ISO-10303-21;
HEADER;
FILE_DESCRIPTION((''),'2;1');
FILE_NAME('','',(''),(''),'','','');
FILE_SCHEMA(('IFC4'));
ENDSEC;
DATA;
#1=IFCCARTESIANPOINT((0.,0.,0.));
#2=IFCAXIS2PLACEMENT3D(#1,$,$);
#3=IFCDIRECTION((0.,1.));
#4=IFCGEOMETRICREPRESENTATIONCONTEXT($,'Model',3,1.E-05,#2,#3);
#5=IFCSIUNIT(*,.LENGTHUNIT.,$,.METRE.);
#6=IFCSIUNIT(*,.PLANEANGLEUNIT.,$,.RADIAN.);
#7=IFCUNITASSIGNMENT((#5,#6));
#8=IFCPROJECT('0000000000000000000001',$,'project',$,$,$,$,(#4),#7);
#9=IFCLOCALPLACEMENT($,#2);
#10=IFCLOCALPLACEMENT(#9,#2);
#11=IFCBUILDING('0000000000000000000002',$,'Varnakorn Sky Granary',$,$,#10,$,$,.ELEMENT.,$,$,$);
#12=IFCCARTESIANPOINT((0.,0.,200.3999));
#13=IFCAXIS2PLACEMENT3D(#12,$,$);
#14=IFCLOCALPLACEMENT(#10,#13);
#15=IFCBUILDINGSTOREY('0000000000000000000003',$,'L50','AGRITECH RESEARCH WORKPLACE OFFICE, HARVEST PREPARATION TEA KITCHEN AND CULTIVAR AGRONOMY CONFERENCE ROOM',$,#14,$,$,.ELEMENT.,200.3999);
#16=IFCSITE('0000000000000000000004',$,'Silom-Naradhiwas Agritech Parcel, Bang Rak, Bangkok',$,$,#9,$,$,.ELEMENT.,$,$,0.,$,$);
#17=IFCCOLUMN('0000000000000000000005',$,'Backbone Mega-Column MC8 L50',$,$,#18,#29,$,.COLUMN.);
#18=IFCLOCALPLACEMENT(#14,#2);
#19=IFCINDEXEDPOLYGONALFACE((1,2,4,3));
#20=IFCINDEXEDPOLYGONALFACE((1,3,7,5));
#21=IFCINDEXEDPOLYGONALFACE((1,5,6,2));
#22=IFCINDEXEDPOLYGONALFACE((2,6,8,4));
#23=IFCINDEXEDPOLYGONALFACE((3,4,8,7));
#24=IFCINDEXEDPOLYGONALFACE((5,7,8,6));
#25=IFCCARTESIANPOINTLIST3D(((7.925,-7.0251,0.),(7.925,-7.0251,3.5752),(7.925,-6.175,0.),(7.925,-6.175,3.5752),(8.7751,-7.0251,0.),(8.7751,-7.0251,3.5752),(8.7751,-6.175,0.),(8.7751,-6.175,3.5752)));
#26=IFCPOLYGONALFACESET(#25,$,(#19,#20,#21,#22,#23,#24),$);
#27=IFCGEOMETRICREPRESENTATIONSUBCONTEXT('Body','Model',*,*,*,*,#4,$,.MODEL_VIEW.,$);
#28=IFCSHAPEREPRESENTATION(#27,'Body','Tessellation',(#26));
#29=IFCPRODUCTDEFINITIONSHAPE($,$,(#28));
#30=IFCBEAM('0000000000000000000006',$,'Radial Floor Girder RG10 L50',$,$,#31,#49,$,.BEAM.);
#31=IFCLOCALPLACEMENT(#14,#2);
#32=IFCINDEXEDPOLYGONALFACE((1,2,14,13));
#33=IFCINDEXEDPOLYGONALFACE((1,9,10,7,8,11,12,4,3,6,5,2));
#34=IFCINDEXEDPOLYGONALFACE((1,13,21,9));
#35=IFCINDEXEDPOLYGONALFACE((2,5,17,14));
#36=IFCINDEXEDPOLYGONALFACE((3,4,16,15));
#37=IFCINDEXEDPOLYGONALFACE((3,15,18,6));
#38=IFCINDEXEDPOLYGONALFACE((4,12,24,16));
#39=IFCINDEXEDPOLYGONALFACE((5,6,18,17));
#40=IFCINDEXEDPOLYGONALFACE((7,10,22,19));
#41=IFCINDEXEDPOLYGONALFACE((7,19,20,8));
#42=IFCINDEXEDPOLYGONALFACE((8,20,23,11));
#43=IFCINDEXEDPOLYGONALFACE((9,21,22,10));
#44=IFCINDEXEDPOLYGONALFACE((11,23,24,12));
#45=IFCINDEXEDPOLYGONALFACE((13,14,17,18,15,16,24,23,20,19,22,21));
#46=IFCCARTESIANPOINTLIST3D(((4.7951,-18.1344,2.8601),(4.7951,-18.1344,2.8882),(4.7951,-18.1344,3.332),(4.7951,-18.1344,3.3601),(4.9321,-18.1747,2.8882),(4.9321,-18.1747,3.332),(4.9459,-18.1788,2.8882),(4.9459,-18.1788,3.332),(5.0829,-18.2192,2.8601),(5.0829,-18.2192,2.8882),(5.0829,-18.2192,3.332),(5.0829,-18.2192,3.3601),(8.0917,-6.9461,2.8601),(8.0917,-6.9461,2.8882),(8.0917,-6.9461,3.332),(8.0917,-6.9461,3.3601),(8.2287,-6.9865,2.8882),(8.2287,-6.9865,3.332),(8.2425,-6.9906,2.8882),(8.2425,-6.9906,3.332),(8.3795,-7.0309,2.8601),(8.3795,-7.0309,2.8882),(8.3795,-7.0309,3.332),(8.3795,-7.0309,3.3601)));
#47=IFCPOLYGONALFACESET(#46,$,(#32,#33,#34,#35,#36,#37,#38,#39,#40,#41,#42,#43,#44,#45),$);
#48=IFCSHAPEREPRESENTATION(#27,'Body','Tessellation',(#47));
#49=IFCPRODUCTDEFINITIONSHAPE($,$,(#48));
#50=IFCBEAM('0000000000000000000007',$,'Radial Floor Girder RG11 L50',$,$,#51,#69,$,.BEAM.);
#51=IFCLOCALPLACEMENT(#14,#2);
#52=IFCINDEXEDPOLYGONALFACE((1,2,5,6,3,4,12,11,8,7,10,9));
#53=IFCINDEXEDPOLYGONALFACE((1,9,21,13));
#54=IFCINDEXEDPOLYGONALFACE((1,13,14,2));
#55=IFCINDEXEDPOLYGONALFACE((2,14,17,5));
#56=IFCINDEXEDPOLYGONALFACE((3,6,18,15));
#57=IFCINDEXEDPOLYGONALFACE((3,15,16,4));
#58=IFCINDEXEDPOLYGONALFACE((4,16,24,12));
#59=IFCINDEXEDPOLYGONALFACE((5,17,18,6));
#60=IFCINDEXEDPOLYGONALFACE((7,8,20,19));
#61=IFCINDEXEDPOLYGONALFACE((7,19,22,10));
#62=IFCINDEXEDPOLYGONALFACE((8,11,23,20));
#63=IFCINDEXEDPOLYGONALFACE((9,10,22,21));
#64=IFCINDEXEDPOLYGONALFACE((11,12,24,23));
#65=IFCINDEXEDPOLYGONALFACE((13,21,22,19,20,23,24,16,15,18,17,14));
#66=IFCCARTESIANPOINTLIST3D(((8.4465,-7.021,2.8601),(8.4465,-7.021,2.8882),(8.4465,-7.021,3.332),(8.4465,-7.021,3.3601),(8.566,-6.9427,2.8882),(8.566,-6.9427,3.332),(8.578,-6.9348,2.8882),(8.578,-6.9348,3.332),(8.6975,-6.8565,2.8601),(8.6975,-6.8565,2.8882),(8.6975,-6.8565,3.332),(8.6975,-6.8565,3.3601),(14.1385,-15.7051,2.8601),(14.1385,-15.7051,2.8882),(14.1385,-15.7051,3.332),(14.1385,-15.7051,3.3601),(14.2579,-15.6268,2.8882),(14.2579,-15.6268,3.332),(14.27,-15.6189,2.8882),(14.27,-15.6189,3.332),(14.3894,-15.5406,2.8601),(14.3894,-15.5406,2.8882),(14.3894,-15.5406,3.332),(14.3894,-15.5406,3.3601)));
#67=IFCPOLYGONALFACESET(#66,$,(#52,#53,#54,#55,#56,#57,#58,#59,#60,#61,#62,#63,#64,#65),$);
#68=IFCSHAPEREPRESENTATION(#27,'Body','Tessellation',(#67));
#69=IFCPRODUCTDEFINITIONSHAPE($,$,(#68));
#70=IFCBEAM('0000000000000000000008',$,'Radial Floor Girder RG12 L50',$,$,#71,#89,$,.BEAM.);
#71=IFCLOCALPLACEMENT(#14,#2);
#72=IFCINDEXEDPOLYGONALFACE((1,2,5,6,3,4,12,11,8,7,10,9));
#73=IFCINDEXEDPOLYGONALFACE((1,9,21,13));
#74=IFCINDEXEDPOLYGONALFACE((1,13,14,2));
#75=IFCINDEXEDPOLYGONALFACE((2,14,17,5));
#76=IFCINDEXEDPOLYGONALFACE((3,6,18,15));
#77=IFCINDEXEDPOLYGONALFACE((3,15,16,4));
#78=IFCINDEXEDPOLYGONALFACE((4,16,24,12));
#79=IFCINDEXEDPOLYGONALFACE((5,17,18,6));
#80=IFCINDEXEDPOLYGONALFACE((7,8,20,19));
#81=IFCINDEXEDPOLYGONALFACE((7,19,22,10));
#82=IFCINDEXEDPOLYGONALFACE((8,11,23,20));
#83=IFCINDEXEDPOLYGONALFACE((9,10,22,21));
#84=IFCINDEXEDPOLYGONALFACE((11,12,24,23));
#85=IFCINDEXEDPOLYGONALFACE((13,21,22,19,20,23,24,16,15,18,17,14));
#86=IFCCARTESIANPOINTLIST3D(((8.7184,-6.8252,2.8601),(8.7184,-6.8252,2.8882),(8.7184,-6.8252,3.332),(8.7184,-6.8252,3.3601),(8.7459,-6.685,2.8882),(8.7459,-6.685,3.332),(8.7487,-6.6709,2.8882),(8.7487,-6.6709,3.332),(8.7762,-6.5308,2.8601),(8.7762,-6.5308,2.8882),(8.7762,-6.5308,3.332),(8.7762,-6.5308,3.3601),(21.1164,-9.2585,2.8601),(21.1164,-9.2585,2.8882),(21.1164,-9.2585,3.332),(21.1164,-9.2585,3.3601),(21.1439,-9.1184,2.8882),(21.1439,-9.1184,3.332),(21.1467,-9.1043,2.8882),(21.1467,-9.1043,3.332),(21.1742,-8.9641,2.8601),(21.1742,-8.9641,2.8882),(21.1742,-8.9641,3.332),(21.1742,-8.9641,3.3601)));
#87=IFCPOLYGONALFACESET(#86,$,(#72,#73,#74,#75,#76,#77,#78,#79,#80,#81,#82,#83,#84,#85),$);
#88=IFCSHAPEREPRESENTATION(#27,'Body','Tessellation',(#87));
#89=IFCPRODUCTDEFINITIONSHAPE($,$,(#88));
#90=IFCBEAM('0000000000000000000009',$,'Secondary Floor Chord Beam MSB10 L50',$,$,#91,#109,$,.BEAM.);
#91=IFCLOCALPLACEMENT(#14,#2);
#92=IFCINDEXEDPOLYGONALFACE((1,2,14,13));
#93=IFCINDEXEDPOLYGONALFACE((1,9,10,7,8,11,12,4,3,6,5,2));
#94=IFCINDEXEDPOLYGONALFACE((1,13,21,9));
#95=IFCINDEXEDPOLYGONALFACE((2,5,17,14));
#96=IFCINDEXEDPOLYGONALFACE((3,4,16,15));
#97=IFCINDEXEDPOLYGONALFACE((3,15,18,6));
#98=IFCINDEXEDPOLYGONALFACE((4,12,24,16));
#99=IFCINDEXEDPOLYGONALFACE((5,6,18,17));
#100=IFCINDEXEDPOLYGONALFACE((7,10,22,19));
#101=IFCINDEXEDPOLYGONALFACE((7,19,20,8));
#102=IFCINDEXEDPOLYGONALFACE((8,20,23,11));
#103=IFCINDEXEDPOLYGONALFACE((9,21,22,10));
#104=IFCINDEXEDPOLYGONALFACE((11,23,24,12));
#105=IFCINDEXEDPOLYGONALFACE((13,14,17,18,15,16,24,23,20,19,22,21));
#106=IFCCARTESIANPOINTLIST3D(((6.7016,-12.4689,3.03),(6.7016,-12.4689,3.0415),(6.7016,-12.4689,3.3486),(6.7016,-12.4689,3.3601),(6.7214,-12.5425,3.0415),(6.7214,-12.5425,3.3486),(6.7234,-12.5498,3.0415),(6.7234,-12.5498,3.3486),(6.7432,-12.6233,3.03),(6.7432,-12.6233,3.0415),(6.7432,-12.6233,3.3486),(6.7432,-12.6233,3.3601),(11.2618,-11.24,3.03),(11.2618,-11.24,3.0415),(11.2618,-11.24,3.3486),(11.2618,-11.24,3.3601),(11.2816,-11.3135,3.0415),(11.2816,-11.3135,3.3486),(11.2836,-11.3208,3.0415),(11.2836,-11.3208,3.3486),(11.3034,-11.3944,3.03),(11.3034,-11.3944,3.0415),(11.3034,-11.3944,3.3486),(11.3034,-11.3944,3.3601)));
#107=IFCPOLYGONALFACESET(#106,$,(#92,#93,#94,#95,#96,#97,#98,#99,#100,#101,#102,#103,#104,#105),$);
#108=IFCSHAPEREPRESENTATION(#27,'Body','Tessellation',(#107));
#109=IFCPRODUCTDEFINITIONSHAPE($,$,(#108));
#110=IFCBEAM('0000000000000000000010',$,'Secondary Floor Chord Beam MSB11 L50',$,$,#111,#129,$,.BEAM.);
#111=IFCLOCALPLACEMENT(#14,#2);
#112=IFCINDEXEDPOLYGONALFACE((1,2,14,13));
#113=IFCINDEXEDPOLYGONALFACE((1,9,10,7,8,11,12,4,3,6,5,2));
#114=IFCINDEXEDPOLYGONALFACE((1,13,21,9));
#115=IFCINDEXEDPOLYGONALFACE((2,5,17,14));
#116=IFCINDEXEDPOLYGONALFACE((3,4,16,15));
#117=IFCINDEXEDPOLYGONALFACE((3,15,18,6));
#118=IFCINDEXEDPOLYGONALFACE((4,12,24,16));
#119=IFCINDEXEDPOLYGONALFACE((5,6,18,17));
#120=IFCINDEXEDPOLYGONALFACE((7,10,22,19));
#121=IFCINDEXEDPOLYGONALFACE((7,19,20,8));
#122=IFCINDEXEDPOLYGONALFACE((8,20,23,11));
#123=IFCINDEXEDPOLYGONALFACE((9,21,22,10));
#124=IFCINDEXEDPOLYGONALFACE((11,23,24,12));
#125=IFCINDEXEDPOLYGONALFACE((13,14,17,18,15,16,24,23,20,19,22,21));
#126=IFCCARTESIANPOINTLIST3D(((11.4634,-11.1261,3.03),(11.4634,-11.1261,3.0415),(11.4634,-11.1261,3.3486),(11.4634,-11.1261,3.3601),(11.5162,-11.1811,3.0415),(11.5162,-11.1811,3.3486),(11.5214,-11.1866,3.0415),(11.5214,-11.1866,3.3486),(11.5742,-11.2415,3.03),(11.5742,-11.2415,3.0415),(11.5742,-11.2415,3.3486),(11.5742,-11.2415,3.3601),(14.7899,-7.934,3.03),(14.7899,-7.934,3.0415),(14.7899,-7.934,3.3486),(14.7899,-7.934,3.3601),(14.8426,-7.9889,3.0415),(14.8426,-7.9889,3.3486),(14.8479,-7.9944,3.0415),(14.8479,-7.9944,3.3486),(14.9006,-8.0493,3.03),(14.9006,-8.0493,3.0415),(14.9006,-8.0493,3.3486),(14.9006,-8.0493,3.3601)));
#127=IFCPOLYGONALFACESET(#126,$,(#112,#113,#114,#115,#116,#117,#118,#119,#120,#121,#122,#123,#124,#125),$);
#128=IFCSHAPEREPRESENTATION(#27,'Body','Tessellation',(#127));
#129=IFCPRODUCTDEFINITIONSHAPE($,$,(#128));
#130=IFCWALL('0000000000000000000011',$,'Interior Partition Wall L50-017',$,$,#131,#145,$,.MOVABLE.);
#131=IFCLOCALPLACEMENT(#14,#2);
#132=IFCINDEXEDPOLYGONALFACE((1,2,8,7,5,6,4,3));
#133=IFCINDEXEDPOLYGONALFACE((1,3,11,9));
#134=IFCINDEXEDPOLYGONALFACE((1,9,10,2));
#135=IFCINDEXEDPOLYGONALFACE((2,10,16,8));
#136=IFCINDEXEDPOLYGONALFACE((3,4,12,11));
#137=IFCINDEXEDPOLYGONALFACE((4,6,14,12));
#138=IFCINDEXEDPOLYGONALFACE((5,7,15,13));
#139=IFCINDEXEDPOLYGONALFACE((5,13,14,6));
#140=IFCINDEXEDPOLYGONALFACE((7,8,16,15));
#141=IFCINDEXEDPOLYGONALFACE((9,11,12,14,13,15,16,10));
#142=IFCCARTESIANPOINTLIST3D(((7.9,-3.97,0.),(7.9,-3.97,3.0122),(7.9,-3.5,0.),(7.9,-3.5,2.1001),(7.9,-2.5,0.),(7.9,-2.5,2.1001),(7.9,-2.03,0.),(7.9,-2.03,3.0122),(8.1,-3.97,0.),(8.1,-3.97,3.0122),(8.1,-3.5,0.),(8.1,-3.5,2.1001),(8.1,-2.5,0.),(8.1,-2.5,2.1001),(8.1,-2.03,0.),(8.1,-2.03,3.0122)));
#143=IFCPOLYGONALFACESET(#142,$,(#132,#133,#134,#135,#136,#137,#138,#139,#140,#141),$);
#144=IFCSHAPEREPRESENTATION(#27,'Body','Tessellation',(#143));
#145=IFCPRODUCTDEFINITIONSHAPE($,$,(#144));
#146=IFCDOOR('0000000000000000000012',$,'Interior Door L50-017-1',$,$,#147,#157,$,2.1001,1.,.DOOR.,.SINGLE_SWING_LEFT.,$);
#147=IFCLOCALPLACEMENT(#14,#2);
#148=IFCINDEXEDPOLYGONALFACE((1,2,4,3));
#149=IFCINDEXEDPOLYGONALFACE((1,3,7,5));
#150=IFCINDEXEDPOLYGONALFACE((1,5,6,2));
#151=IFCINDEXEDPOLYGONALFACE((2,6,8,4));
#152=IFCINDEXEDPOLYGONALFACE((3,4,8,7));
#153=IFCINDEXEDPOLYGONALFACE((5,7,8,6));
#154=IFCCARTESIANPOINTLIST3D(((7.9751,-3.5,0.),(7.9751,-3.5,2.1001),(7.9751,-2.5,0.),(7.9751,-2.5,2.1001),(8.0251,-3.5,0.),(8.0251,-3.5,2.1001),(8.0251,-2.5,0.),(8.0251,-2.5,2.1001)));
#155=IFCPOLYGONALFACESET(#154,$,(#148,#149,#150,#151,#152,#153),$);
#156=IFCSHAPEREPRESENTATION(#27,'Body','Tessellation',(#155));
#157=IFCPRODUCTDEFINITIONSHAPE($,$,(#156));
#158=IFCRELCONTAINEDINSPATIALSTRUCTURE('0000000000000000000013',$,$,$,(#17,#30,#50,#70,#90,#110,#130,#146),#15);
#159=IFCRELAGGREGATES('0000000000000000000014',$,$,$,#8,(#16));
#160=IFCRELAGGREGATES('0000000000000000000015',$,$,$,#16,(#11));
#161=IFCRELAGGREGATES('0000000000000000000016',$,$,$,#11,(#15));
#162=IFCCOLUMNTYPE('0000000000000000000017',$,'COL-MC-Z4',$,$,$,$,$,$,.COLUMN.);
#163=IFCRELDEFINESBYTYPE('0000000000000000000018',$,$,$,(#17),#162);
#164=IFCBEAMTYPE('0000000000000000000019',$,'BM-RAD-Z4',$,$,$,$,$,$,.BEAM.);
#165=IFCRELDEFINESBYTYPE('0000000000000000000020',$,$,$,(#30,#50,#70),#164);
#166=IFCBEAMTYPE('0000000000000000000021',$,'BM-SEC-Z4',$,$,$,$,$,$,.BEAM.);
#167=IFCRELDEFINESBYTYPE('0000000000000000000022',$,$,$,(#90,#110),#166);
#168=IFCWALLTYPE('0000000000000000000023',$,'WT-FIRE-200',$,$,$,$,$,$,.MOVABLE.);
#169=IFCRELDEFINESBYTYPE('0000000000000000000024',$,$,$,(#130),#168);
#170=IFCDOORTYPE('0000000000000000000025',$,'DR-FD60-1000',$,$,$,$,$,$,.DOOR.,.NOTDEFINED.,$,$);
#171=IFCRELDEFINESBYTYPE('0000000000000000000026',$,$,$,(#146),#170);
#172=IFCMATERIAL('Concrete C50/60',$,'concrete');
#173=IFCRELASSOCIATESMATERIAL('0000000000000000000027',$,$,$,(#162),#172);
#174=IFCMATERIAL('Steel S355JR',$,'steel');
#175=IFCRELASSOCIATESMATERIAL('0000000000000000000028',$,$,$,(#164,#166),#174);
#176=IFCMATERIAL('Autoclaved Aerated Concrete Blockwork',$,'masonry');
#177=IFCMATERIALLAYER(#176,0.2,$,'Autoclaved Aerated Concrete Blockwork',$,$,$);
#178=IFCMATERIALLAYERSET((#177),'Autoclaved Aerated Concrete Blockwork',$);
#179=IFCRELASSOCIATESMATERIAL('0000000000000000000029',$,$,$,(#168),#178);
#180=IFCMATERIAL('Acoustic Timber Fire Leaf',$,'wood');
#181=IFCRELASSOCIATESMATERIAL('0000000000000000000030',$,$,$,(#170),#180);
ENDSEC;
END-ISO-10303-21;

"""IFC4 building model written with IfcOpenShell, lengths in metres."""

from ifc_helpers import new_model, si_unit, direction, frame, frame_2d, origin, origin_2d, place, context, subcontext, project, spatial, rectangle, i_section, extrude, material, layer, layer_set, material_profile, profile_set, type_object, element, fill, save


model = new_model("IFC4")

# Units and contexts
model_context = context("Model", 3, precision=1e-05, world=origin(), true_north=direction((0.0, 1.0)))
body_context = subcontext(model_context, "Body", "Model", "MODEL_VIEW")
ifc_project = project(units=[si_unit("LENGTHUNIT", "METRE"), si_unit("PLANEANGLEUNIT", "RADIAN")], contexts=[model_context])

# Site, building, storey
site_placement = place(None, origin())
site = spatial("IfcSite", under=ifc_project, at=site_placement, Name="Silom-Naradhiwas Agritech Parcel, Bang Rak, Bangkok", CompositionType="ELEMENT", RefElevation=0.0)
building_placement = place(site_placement, origin())
building = spatial("IfcBuilding", under=site, at=building_placement, Name="Varnakorn Sky Granary", CompositionType="ELEMENT")
storey_placement = place(building_placement, frame((0.0, 0.0, 200.3999)))
storey = spatial("IfcBuildingStorey", under=building, at=storey_placement, Name="L50", Description="AGRITECH RESEARCH WORKPLACE OFFICE, HARVEST PREPARATION TEA KITCHEN AND CULTIVAR AGRONOMY CONFERENCE ROOM", CompositionType="ELEMENT", Elevation=200.3999)

# Column
ifc_material_1 = material(Name="Concrete C50/60", Category="concrete")
ifc_material_profile_1 = material_profile(ifc_material_1, rectangle(XDim=0.8501, YDim=0.8501, at=origin_2d()), Name="RC 850x850")
ifc_profile_set_1 = profile_set([ifc_material_profile_1], Name="Concrete C50/60")
column_type = type_object("IfcColumnType", Name="COL-MC-Z4", PredefinedType="COLUMN", material=ifc_profile_set_1)
column_placement = place(storey_placement, frame((8.3501, -6.6001, 0.0), z_axis=(0.0, 0.0, 1.0), x_axis=(1.0, 0.0, 0.0)))
element("IfcColumn", 1, at=column_placement, inside=storey, type_object=column_type, Name="Backbone Mega-Column MC8 L50", PredefinedType="COLUMN", context=body_context, shape_type="SweptSolid", body=[
    extrude(rectangle(XDim=0.8501, YDim=0.8501, at=origin_2d()), origin(), (0.0, 0.0, 1.0), 3.5752),
])

# Beams
ifc_material_2 = material(Name="Steel S355JR", Category="steel")
ifc_material_profile_2 = material_profile(ifc_material_2, i_section(OverallWidth=0.3, OverallDepth=0.5, WebThickness=0.0144, FlangeThickness=0.0281, at=origin_2d()), Name="HE 500 B")
ifc_profile_set_2 = profile_set([ifc_material_profile_2], Name="Steel S355JR")
beam_type_1 = type_object("IfcBeamType", Name="BM-RAD-Z4", PredefinedType="BEAM", material=ifc_profile_set_2)
beam_1_placement = place(storey_placement, frame((8.2356, -6.9885, 3.1101), z_axis=(-0.282638, -0.959227, 0.0), x_axis=(0.959227, -0.282638, 0.0)))
element("IfcBeam", 2, at=beam_1_placement, inside=storey, type_object=beam_type_1, Name="Radial Floor Girder RG10 L50", PredefinedType="BEAM", context=body_context, shape_type="SweptSolid", body=[
    extrude(i_section(OverallWidth=0.3, OverallDepth=0.5, WebThickness=0.0144, FlangeThickness=0.0281, at=origin_2d()), origin(), (0.0, 0.0, 1.0), 11.6638),
])
beam_2_placement = place(storey_placement, frame((8.572, -6.9387, 3.1101), z_axis=(0.548183, -0.836359, 0.0), x_axis=(0.836359, 0.548183, 0.0)))
element("IfcBeam", 3, at=beam_2_placement, inside=storey, type_object=beam_type_1, Name="Radial Floor Girder RG11 L50", PredefinedType="BEAM", context=body_context, shape_type="SweptSolid", body=[
    extrude(i_section(OverallWidth=0.3, OverallDepth=0.5, WebThickness=0.0144, FlangeThickness=0.0281, at=origin_2d()), origin(), (0.0, 0.0, 1.0), 10.3833),
])
beam_3_placement = place(storey_placement, frame((8.7473, -6.678, 3.1101), z_axis=(0.981278, -0.192596, 0.0), x_axis=(0.192596, 0.981278, 0.0)))
element("IfcBeam", 4, at=beam_3_placement, inside=storey, type_object=beam_type_1, Name="Radial Floor Girder RG12 L50", PredefinedType="BEAM", context=body_context, shape_type="SweptSolid", body=[
    extrude(i_section(OverallWidth=0.3, OverallDepth=0.5, WebThickness=0.0144, FlangeThickness=0.0281, at=origin_2d()), origin(), (0.0, 0.0, 1.0), 12.6345),
])
ifc_material_profile_3 = material_profile(ifc_material_2, i_section(OverallWidth=0.1599, OverallDepth=0.3301, WebThickness=0.0076, FlangeThickness=0.0115, at=origin_2d()), Name="IPE 330")
ifc_profile_set_3 = profile_set([ifc_material_profile_3], Name="Steel S355JR")
beam_type_2 = type_object("IfcBeamType", Name="BM-SEC-Z4", PredefinedType="BEAM", material=ifc_profile_set_3)
beam_4_placement = place(storey_placement, frame((6.7224, -12.5461, 3.1951), z_axis=(0.96555, 0.260216, 0.0), x_axis=(-0.260216, 0.96555, 0.0)))
element("IfcBeam", 5, at=beam_4_placement, inside=storey, type_object=beam_type_2, Name="Secondary Floor Chord Beam MSB10 L50", PredefinedType="BEAM", context=body_context, shape_type="SweptSolid", body=[
    extrude(i_section(OverallWidth=0.1599, OverallDepth=0.3301, WebThickness=0.0076, FlangeThickness=0.0115, at=origin_2d()), origin(), (0.0, 0.0, 1.0), 4.7229),
])
beam_5_placement = place(storey_placement, frame((11.5188, -11.1838, 3.1951), z_axis=(0.72152, 0.692394, 0.0), x_axis=(-0.692394, 0.72152, 0.0)))
element("IfcBeam", 6, at=beam_5_placement, inside=storey, type_object=beam_type_2, Name="Secondary Floor Chord Beam MSB11 L50", PredefinedType="BEAM", context=body_context, shape_type="SweptSolid", body=[
    extrude(i_section(OverallWidth=0.1599, OverallDepth=0.3301, WebThickness=0.0076, FlangeThickness=0.0115, at=origin_2d()), origin(), (0.0, 0.0, 1.0), 4.6104),
])

# Wall, opening, door
ifc_material_3 = material(Name="Autoclaved Aerated Concrete Blockwork", Category="masonry")
ifc_layer_1 = layer(ifc_material_3, 0.2, Name="Autoclaved Aerated Concrete Blockwork")
ifc_layer_set_1 = layer_set([ifc_layer_1], Name="Autoclaved Aerated Concrete Blockwork")
wall_type_1 = type_object("IfcWallType", Name="WT-FIRE-200", PredefinedType="MOVABLE", material=ifc_layer_set_1)
wall_1_placement = place(storey_placement, frame((8.0, -3.97, 0.0), z_axis=(0.0, 0.0, 1.0), x_axis=(0.0, 1.0, 0.0)))
wall_1 = element("IfcWall", 7, at=wall_1_placement, inside=storey, type_object=wall_type_1, Name="Interior Partition Wall L50-017", PredefinedType="MOVABLE", context=body_context, shape_type="SweptSolid", body=[
    extrude(rectangle(XDim=1.9399, YDim=0.2, at=frame_2d((0.97, 0.0))), origin(), (0.0, 0.0, 1.0), 3.0122),
])
opening_1_placement = place(wall_1_placement, frame((0.47, 0.0, 0.0)))
opening_1 = element("IfcOpeningElement", 8, at=opening_1_placement, cuts=wall_1, PredefinedType="OPENING", context=body_context, shape_type="SweptSolid", body=[
    extrude(rectangle(XDim=1.0, YDim=2.1001, at=frame_2d((0.5, 1.05))), frame((0.0, 0.1099, 0.0), z_axis=(0.0, -1.0, 0.0), x_axis=(1.0, 0.0, 0.0)), (0.0, 0.0, 1.0), 0.22),
])
ifc_material_4 = material(Name="Acoustic Timber Fire Leaf", Category="wood")
door_type_1 = type_object("IfcDoorType", Name="DR-FD60-1000", OperationType="NOTDEFINED", PredefinedType="DOOR", material=ifc_material_4)
door_1_placement = place(opening_1_placement, origin())
door_1 = element("IfcDoor", 9, at=door_1_placement, inside=storey, type_object=door_type_1, Name="Interior Door L50-017-1", OperationType="SINGLE_SWING_LEFT", OverallHeight=2.1001, OverallWidth=1.0, PredefinedType="DOOR", context=body_context, shape_type="SweptSolid", body=[
    extrude(rectangle(XDim=1.0, YDim=2.1001, at=frame_2d((0.5, 1.05))), frame((0.0, 0.0249, 0.0), z_axis=(0.0, -1.0, 0.0), x_axis=(1.0, 0.0, 0.0)), (0.0, 0.0, 1.0), 0.05),
])
fill(opening_1, door_1)

save(model, "model.ifc")
